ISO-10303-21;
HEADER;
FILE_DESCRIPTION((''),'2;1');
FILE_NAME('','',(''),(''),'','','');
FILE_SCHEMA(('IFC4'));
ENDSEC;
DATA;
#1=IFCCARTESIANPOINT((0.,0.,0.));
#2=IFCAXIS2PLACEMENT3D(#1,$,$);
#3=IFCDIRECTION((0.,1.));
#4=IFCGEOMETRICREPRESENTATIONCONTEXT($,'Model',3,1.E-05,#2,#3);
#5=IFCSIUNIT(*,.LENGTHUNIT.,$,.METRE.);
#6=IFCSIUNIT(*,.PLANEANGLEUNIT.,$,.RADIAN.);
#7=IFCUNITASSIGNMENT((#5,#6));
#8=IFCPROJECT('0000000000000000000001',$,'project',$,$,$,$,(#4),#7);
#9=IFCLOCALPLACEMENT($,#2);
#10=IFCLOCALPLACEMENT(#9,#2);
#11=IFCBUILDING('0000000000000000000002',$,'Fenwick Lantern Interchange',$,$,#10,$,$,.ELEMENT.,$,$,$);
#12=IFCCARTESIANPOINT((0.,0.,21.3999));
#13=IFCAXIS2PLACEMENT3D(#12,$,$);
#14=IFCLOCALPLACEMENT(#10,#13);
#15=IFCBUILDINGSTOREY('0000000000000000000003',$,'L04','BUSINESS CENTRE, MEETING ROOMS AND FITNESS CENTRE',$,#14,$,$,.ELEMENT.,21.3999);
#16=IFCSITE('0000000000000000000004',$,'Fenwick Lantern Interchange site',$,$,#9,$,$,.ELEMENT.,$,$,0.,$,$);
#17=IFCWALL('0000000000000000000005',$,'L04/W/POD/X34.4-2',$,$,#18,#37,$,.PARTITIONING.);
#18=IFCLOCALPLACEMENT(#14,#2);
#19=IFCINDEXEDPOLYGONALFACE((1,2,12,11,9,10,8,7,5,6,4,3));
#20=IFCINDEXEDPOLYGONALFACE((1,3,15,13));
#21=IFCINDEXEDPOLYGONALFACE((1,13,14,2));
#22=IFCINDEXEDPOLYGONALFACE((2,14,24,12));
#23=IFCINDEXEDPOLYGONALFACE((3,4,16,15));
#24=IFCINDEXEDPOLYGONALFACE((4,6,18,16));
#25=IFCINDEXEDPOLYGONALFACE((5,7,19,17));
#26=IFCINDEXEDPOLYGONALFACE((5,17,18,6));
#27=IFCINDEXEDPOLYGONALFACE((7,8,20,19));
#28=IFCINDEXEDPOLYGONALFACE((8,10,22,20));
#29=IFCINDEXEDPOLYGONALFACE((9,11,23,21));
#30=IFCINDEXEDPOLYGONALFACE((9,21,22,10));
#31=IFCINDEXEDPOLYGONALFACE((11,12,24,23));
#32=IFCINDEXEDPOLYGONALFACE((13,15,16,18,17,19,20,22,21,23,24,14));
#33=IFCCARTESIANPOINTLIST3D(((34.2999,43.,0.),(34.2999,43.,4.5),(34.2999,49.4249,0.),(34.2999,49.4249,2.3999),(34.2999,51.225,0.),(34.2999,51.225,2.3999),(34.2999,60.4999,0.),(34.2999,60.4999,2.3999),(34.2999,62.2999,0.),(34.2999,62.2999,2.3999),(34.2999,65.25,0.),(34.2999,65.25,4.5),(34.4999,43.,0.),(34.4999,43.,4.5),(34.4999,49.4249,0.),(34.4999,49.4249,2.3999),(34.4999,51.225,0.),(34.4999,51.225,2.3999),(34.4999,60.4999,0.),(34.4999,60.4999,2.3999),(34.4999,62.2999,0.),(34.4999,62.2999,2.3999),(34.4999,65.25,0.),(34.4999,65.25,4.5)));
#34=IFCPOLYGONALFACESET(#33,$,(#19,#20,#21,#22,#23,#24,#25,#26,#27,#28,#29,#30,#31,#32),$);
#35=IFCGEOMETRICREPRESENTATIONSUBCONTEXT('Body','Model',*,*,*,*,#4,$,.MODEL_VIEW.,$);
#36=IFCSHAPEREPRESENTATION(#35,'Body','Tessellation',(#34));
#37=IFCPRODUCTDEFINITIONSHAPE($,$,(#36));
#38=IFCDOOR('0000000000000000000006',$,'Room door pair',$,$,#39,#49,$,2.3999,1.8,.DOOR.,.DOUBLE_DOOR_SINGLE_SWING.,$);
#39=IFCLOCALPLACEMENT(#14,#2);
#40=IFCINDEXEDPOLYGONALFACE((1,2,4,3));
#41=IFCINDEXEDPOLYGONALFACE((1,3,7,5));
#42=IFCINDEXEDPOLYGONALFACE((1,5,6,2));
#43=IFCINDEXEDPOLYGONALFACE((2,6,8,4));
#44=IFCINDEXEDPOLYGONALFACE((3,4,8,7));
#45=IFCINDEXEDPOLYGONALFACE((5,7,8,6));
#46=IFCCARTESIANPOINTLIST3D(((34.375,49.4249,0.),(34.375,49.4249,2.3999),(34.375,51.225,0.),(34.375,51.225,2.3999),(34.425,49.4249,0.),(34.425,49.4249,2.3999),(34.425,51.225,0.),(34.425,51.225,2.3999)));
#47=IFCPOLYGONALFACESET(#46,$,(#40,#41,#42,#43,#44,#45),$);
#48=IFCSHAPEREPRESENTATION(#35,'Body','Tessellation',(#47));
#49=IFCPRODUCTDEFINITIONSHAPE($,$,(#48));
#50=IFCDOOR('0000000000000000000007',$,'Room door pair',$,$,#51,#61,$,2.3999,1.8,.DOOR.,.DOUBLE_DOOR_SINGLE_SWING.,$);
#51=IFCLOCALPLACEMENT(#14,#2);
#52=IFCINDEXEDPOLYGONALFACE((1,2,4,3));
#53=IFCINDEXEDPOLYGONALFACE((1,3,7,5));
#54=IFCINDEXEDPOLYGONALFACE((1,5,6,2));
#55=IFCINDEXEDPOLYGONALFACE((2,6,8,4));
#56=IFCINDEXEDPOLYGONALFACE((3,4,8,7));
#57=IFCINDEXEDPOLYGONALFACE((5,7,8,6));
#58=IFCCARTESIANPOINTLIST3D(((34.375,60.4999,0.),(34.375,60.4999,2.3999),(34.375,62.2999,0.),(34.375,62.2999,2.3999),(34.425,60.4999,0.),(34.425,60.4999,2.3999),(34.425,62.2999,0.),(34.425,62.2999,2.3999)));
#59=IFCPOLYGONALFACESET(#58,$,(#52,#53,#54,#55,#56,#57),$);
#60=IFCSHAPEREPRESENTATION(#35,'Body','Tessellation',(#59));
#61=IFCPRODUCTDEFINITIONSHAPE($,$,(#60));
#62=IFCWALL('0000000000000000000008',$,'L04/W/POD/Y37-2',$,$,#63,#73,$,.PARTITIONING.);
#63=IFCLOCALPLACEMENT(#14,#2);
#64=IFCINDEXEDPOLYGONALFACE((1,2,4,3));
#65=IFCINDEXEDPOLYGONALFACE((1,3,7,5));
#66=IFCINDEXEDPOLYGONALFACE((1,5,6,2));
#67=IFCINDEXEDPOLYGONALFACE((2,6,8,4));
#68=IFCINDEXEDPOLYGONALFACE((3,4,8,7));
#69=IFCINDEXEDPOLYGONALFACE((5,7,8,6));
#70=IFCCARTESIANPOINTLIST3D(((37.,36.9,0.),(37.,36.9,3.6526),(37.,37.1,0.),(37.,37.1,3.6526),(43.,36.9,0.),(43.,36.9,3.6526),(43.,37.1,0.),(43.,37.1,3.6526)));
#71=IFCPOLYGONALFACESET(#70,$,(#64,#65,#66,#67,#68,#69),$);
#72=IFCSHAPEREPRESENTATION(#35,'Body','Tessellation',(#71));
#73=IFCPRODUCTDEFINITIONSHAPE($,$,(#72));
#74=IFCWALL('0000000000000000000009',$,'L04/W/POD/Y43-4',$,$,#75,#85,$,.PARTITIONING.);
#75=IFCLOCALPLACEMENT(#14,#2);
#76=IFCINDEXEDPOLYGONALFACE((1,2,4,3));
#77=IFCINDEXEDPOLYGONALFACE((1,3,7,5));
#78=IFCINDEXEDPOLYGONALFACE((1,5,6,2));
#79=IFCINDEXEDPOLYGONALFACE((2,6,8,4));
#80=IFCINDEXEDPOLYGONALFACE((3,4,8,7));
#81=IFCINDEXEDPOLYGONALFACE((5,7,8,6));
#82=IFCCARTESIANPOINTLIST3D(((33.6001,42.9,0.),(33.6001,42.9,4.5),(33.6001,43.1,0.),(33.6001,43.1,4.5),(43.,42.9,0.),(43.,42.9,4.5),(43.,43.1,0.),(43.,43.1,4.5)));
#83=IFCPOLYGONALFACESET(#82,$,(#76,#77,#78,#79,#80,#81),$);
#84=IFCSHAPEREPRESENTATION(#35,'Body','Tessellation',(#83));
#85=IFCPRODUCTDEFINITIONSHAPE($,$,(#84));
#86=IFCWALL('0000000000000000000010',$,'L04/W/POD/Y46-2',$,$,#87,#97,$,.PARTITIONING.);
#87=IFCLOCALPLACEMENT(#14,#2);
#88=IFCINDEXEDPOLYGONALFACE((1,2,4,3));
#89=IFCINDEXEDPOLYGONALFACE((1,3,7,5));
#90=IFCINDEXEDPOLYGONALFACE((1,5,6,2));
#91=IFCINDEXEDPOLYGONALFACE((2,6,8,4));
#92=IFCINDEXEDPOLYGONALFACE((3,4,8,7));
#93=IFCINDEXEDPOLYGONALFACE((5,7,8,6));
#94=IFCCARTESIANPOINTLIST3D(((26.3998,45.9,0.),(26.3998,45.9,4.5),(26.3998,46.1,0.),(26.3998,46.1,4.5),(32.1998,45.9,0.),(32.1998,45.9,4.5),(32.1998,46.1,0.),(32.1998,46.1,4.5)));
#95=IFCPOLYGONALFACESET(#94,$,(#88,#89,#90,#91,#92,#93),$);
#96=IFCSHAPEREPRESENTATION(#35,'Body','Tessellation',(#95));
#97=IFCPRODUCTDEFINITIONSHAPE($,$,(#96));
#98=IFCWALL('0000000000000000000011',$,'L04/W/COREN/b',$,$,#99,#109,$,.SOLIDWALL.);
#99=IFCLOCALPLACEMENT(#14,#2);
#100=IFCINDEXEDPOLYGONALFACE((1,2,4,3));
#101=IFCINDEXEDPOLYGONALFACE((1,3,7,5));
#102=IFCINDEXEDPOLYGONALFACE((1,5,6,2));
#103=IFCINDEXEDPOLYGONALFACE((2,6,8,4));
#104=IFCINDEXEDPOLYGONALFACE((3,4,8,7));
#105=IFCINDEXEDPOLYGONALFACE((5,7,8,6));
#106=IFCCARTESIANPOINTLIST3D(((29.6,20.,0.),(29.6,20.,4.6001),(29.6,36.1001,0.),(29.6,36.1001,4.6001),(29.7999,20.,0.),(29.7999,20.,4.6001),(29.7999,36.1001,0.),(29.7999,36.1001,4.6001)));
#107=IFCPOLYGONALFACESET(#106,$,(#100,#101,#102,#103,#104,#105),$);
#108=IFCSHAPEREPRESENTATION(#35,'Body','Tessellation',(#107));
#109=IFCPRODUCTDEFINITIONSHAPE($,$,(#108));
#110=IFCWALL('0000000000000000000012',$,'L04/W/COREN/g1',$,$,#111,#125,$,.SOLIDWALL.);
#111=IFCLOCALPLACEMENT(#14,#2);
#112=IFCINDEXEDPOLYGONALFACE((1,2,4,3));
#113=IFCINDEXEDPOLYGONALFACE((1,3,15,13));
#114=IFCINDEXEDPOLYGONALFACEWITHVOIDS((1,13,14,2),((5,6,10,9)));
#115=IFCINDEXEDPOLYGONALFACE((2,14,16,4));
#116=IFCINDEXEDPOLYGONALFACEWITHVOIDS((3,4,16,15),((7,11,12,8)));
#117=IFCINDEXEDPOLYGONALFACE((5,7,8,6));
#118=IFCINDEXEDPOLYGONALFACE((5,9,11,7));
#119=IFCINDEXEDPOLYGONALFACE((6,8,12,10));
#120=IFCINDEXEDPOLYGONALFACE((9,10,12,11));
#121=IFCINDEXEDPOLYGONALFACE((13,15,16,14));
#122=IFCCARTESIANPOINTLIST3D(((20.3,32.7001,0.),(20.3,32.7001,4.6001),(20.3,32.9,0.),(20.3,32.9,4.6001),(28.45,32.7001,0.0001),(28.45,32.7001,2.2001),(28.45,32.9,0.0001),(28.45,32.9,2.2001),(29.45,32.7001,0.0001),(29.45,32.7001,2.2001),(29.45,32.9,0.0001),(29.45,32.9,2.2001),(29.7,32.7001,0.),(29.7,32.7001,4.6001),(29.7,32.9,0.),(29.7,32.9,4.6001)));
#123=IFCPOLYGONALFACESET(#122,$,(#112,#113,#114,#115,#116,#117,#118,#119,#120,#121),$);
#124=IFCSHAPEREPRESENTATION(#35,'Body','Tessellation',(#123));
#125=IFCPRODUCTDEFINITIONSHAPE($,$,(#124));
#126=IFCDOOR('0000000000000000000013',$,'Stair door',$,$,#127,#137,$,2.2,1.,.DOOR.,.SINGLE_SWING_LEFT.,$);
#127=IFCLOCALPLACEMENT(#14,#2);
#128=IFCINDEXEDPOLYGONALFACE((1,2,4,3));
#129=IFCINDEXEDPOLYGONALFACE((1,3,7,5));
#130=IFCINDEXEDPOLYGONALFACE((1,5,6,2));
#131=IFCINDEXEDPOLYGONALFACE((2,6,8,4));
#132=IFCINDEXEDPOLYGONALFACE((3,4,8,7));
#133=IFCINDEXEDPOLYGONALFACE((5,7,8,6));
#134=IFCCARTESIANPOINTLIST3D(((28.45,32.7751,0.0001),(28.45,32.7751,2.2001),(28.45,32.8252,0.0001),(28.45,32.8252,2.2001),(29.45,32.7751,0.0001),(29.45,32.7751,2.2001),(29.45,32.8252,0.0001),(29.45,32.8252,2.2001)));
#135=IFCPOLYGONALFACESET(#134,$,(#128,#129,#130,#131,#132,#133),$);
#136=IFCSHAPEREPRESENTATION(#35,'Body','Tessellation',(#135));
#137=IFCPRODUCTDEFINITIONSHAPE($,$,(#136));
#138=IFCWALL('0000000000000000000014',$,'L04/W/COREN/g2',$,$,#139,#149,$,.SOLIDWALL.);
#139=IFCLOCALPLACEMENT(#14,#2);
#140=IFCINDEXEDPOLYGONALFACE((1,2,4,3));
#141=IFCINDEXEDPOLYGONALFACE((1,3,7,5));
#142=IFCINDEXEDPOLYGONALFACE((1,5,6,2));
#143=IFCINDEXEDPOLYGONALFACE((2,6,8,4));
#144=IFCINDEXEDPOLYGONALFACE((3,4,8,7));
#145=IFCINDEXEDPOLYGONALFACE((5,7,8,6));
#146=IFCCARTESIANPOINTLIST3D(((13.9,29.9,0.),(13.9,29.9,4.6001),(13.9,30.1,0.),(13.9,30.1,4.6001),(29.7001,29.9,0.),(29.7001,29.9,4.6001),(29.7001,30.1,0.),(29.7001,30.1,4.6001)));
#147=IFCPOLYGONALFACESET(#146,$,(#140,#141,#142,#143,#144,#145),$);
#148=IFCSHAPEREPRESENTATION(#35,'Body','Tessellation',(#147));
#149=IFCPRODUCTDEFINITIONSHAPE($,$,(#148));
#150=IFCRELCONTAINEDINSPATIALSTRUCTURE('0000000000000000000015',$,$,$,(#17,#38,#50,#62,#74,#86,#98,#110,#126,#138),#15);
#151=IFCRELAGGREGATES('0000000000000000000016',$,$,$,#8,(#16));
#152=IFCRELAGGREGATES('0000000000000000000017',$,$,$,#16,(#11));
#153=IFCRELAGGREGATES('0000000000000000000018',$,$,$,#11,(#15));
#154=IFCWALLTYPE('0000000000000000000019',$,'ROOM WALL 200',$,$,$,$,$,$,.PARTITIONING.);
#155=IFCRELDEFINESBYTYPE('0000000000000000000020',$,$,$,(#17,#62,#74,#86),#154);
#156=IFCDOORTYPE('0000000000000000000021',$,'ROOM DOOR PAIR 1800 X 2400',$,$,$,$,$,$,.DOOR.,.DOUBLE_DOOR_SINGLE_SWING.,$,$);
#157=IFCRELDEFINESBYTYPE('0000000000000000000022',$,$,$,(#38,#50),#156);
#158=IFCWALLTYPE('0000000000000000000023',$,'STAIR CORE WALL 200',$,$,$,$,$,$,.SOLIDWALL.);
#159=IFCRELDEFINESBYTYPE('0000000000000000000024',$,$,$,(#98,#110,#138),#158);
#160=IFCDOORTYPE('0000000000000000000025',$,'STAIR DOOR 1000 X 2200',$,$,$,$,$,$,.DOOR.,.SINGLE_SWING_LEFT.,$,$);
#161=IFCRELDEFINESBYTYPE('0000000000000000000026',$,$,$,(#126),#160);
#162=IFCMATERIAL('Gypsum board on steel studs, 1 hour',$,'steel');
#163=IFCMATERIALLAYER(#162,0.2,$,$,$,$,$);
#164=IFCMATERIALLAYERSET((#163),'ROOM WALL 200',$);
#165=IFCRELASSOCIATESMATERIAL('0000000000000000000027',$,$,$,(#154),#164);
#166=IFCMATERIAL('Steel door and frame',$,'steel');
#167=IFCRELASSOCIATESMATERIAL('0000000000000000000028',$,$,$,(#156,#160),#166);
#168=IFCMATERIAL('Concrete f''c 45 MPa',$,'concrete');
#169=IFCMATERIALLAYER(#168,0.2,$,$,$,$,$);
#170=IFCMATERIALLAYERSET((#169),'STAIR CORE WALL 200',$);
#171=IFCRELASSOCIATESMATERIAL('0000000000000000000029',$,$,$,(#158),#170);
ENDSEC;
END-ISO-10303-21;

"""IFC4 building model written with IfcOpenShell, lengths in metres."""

from ifc_helpers import new_model, si_unit, direction, frame, frame_2d, origin, place, context, subcontext, project, spatial, rectangle, extrude, material, layer, layer_set, type_object, element, fill, save


model = new_model("IFC4")

# Units and contexts
model_context = context("Model", 3, precision=1e-05, world=origin(), true_north=direction((0.0, 1.0)))
body_context = subcontext(model_context, "Body", "Model", "MODEL_VIEW")
ifc_project = project(units=[si_unit("LENGTHUNIT", "METRE"), si_unit("PLANEANGLEUNIT", "RADIAN")], contexts=[model_context])

# Site, building, storey
site_placement = place(None, origin())
site = spatial("IfcSite", under=ifc_project, at=site_placement, Name="Fenwick Lantern Interchange site", CompositionType="ELEMENT", RefElevation=0.0)
building_placement = place(site_placement, origin())
building = spatial("IfcBuilding", under=site, at=building_placement, Name="Fenwick Lantern Interchange", CompositionType="ELEMENT")
storey_placement = place(building_placement, frame((0.0, 0.0, 21.3999)))
storey = spatial("IfcBuildingStorey", under=building, at=storey_placement, Name="L04", Description="BUSINESS CENTRE, MEETING ROOMS AND FITNESS CENTRE", CompositionType="ELEMENT", Elevation=21.3999)

# Shared definitions
ifc_material_1 = material(Name="Steel door and frame", Category="steel")

# Shared definitions
ifc_material_2 = material(Name="Gypsum board on steel studs, 1 hour", Category="steel")
ifc_layer_1 = layer(ifc_material_2, 0.2)
ifc_layer_set_1 = layer_set([ifc_layer_1], Name="ROOM WALL 200")
wall_type_1 = type_object("IfcWallType", Name="ROOM WALL 200", PredefinedType="PARTITIONING", material=ifc_layer_set_1)
door_type_1 = type_object("IfcDoorType", Name="ROOM DOOR PAIR 1800 X 2400", OperationType="DOUBLE_DOOR_SINGLE_SWING", PredefinedType="DOOR", material=ifc_material_1)

# Wall, openings, doors
wall_1_placement = place(storey_placement, frame((34.3999, 43.0, 0.0), z_axis=(0.0, 0.0, 1.0), x_axis=(0.0, 1.0, 0.0)))
wall_1 = element("IfcWall", 1, at=wall_1_placement, inside=storey, type_object=wall_type_1, Name="L04/W/POD/X34.4-2", PredefinedType="PARTITIONING", context=body_context, shape_type="SweptSolid", body=[
    extrude(rectangle(XDim=22.25, YDim=0.2, at=frame_2d((11.125, 0.0))), origin(), (0.0, 0.0, 1.0), 4.5),
])
opening_1_placement = place(wall_1_placement, frame((6.425, 0.0, 0.0)))
opening_1 = element("IfcOpeningElement", 2, at=opening_1_placement, cuts=wall_1, PredefinedType="OPENING", context=body_context, shape_type="SweptSolid", body=[
    extrude(rectangle(XDim=1.8, YDim=2.3999, at=frame_2d((0.8999, 1.2))), frame((0.0, 0.1099, 0.0), z_axis=(0.0, -1.0, 0.0), x_axis=(1.0, 0.0, 0.0)), (0.0, 0.0, 1.0), 0.22),
])
opening_2_placement = place(wall_1_placement, frame((17.5, 0.0, 0.0)))
opening_2 = element("IfcOpeningElement", 3, at=opening_2_placement, cuts=wall_1, PredefinedType="OPENING", context=body_context, shape_type="SweptSolid", body=[
    extrude(rectangle(XDim=1.8, YDim=2.3999, at=frame_2d((0.8999, 1.2))), frame((0.0, 0.1099, 0.0), z_axis=(0.0, -1.0, 0.0), x_axis=(1.0, 0.0, 0.0)), (0.0, 0.0, 1.0), 0.22),
])
door_1_placement = place(opening_1_placement, origin())
door_1 = element("IfcDoor", 4, at=door_1_placement, inside=storey, type_object=door_type_1, Name="Room door pair", OperationType="DOUBLE_DOOR_SINGLE_SWING", OverallHeight=2.3999, OverallWidth=1.8, PredefinedType="DOOR", context=body_context, shape_type="SweptSolid", body=[
    extrude(rectangle(XDim=1.8, YDim=2.3999, at=frame_2d((0.8999, 1.2))), frame((0.0, 0.0249, 0.0), z_axis=(0.0, -1.0, 0.0), x_axis=(1.0, 0.0, 0.0)), (0.0, 0.0, 1.0), 0.05),
])
fill(opening_1, door_1)
door_2_placement = place(opening_2_placement, origin())
door_2 = element("IfcDoor", 5, at=door_2_placement, inside=storey, type_object=door_type_1, Name="Room door pair", OperationType="DOUBLE_DOOR_SINGLE_SWING", OverallHeight=2.3999, OverallWidth=1.8, PredefinedType="DOOR", context=body_context, shape_type="SweptSolid", body=[
    extrude(rectangle(XDim=1.8, YDim=2.3999, at=frame_2d((0.8999, 1.2))), frame((0.0, 0.0249, 0.0), z_axis=(0.0, -1.0, 0.0), x_axis=(1.0, 0.0, 0.0)), (0.0, 0.0, 1.0), 0.05),
])
fill(opening_2, door_2)

# Walls
wall_2_placement = place(storey_placement, frame((37.0, 37.0, 0.0), z_axis=(0.0, 0.0, 1.0), x_axis=(1.0, 0.0, 0.0)))
element("IfcWall", 6, at=wall_2_placement, inside=storey, type_object=wall_type_1, Name="L04/W/POD/Y37-2", PredefinedType="PARTITIONING", context=body_context, shape_type="SweptSolid", body=[
    extrude(rectangle(XDim=6.0, YDim=0.2, at=frame_2d((3.0, 0.0))), origin(), (0.0, 0.0, 1.0), 3.6526),
])
wall_3_placement = place(storey_placement, frame((33.6001, 43.0, 0.0), z_axis=(0.0, 0.0, 1.0), x_axis=(1.0, 0.0, 0.0)))
element("IfcWall", 7, at=wall_3_placement, inside=storey, type_object=wall_type_1, Name="L04/W/POD/Y43-4", PredefinedType="PARTITIONING", context=body_context, shape_type="SweptSolid", body=[
    extrude(rectangle(XDim=9.3999, YDim=0.2, at=frame_2d((4.7, 0.0))), origin(), (0.0, 0.0, 1.0), 4.5),
])
wall_4_placement = place(storey_placement, frame((26.3999, 46.0, 0.0), z_axis=(0.0, 0.0, 1.0), x_axis=(1.0, 0.0, 0.0)))
element("IfcWall", 8, at=wall_4_placement, inside=storey, type_object=wall_type_1, Name="L04/W/POD/Y46-2", PredefinedType="PARTITIONING", context=body_context, shape_type="SweptSolid", body=[
    extrude(rectangle(XDim=5.8, YDim=0.2, at=frame_2d((2.8999, 0.0))), origin(), (0.0, 0.0, 1.0), 4.5),
])
ifc_material_3 = material(Name="Concrete f'c 45 MPa", Category="concrete")
ifc_layer_2 = layer(ifc_material_3, 0.2)
ifc_layer_set_2 = layer_set([ifc_layer_2], Name="STAIR CORE WALL 200")
wall_type_2 = type_object("IfcWallType", Name="STAIR CORE WALL 200", PredefinedType="SOLIDWALL", material=ifc_layer_set_2)
wall_5_placement = place(storey_placement, frame((29.7, 36.1001, 0.0), z_axis=(0.0, 0.0, 1.0), x_axis=(0.0, -1.0, 0.0)))
element("IfcWall", 9, at=wall_5_placement, inside=storey, type_object=wall_type_2, Name="L04/W/COREN/b", PredefinedType="SOLIDWALL", context=body_context, shape_type="SweptSolid", body=[
    extrude(rectangle(XDim=16.1001, YDim=0.2, at=frame_2d((8.05, 0.0))), origin(), (0.0, 0.0, 1.0), 4.6001),
])

# Wall, opening, door
wall_6_placement = place(storey_placement, frame((29.7, 32.8, 0.0), z_axis=(0.0, 0.0, 1.0), x_axis=(-1.0, 0.0, 0.0)))
wall_6 = element("IfcWall", 10, at=wall_6_placement, inside=storey, type_object=wall_type_2, Name="L04/W/COREN/g1", PredefinedType="SOLIDWALL", context=body_context, shape_type="SweptSolid", body=[
    extrude(rectangle(XDim=9.3999, YDim=0.2, at=frame_2d((4.7, 0.0))), origin(), (0.0, 0.0, 1.0), 4.6001),
])
opening_3_placement = place(wall_6_placement, frame((0.25, 0.0, 0.0)))
opening_3 = element("IfcOpeningElement", 11, at=opening_3_placement, cuts=wall_6, PredefinedType="OPENING", context=body_context, shape_type="SweptSolid", body=[
    extrude(rectangle(XDim=1.0, YDim=2.2, at=frame_2d((0.5, 1.1001))), frame((0.0, 0.1099, 0.0), z_axis=(0.0, -1.0, 0.0), x_axis=(1.0, 0.0, 0.0)), (0.0, 0.0, 1.0), 0.22),
])
door_type_2 = type_object("IfcDoorType", Name="STAIR DOOR 1000 X 2200", OperationType="SINGLE_SWING_LEFT", PredefinedType="DOOR", material=ifc_material_1)
door_3_placement = place(opening_3_placement, origin())
door_3 = element("IfcDoor", 12, at=door_3_placement, inside=storey, type_object=door_type_2, Name="Stair door", OperationType="SINGLE_SWING_LEFT", OverallHeight=2.2, OverallWidth=1.0, PredefinedType="DOOR", context=body_context, shape_type="SweptSolid", body=[
    extrude(rectangle(XDim=1.0, YDim=2.2, at=frame_2d((0.5, 1.1001))), frame((0.0, 0.0249, 0.0), z_axis=(0.0, -1.0, 0.0), x_axis=(1.0, 0.0, 0.0)), (0.0, 0.0, 1.0), 0.05),
])
fill(opening_3, door_3)

# Wall
wall_7_placement = place(storey_placement, frame((29.7, 30.0, 0.0), z_axis=(0.0, 0.0, 1.0), x_axis=(-1.0, 0.0, 0.0)))
element("IfcWall", 13, at=wall_7_placement, inside=storey, type_object=wall_type_2, Name="L04/W/COREN/g2", PredefinedType="SOLIDWALL", context=body_context, shape_type="SweptSolid", body=[
    extrude(rectangle(XDim=15.8, YDim=0.2, at=frame_2d((7.8999, 0.0))), origin(), (0.0, 0.0, 1.0), 4.6001),
])

save(model, "model.ifc")
